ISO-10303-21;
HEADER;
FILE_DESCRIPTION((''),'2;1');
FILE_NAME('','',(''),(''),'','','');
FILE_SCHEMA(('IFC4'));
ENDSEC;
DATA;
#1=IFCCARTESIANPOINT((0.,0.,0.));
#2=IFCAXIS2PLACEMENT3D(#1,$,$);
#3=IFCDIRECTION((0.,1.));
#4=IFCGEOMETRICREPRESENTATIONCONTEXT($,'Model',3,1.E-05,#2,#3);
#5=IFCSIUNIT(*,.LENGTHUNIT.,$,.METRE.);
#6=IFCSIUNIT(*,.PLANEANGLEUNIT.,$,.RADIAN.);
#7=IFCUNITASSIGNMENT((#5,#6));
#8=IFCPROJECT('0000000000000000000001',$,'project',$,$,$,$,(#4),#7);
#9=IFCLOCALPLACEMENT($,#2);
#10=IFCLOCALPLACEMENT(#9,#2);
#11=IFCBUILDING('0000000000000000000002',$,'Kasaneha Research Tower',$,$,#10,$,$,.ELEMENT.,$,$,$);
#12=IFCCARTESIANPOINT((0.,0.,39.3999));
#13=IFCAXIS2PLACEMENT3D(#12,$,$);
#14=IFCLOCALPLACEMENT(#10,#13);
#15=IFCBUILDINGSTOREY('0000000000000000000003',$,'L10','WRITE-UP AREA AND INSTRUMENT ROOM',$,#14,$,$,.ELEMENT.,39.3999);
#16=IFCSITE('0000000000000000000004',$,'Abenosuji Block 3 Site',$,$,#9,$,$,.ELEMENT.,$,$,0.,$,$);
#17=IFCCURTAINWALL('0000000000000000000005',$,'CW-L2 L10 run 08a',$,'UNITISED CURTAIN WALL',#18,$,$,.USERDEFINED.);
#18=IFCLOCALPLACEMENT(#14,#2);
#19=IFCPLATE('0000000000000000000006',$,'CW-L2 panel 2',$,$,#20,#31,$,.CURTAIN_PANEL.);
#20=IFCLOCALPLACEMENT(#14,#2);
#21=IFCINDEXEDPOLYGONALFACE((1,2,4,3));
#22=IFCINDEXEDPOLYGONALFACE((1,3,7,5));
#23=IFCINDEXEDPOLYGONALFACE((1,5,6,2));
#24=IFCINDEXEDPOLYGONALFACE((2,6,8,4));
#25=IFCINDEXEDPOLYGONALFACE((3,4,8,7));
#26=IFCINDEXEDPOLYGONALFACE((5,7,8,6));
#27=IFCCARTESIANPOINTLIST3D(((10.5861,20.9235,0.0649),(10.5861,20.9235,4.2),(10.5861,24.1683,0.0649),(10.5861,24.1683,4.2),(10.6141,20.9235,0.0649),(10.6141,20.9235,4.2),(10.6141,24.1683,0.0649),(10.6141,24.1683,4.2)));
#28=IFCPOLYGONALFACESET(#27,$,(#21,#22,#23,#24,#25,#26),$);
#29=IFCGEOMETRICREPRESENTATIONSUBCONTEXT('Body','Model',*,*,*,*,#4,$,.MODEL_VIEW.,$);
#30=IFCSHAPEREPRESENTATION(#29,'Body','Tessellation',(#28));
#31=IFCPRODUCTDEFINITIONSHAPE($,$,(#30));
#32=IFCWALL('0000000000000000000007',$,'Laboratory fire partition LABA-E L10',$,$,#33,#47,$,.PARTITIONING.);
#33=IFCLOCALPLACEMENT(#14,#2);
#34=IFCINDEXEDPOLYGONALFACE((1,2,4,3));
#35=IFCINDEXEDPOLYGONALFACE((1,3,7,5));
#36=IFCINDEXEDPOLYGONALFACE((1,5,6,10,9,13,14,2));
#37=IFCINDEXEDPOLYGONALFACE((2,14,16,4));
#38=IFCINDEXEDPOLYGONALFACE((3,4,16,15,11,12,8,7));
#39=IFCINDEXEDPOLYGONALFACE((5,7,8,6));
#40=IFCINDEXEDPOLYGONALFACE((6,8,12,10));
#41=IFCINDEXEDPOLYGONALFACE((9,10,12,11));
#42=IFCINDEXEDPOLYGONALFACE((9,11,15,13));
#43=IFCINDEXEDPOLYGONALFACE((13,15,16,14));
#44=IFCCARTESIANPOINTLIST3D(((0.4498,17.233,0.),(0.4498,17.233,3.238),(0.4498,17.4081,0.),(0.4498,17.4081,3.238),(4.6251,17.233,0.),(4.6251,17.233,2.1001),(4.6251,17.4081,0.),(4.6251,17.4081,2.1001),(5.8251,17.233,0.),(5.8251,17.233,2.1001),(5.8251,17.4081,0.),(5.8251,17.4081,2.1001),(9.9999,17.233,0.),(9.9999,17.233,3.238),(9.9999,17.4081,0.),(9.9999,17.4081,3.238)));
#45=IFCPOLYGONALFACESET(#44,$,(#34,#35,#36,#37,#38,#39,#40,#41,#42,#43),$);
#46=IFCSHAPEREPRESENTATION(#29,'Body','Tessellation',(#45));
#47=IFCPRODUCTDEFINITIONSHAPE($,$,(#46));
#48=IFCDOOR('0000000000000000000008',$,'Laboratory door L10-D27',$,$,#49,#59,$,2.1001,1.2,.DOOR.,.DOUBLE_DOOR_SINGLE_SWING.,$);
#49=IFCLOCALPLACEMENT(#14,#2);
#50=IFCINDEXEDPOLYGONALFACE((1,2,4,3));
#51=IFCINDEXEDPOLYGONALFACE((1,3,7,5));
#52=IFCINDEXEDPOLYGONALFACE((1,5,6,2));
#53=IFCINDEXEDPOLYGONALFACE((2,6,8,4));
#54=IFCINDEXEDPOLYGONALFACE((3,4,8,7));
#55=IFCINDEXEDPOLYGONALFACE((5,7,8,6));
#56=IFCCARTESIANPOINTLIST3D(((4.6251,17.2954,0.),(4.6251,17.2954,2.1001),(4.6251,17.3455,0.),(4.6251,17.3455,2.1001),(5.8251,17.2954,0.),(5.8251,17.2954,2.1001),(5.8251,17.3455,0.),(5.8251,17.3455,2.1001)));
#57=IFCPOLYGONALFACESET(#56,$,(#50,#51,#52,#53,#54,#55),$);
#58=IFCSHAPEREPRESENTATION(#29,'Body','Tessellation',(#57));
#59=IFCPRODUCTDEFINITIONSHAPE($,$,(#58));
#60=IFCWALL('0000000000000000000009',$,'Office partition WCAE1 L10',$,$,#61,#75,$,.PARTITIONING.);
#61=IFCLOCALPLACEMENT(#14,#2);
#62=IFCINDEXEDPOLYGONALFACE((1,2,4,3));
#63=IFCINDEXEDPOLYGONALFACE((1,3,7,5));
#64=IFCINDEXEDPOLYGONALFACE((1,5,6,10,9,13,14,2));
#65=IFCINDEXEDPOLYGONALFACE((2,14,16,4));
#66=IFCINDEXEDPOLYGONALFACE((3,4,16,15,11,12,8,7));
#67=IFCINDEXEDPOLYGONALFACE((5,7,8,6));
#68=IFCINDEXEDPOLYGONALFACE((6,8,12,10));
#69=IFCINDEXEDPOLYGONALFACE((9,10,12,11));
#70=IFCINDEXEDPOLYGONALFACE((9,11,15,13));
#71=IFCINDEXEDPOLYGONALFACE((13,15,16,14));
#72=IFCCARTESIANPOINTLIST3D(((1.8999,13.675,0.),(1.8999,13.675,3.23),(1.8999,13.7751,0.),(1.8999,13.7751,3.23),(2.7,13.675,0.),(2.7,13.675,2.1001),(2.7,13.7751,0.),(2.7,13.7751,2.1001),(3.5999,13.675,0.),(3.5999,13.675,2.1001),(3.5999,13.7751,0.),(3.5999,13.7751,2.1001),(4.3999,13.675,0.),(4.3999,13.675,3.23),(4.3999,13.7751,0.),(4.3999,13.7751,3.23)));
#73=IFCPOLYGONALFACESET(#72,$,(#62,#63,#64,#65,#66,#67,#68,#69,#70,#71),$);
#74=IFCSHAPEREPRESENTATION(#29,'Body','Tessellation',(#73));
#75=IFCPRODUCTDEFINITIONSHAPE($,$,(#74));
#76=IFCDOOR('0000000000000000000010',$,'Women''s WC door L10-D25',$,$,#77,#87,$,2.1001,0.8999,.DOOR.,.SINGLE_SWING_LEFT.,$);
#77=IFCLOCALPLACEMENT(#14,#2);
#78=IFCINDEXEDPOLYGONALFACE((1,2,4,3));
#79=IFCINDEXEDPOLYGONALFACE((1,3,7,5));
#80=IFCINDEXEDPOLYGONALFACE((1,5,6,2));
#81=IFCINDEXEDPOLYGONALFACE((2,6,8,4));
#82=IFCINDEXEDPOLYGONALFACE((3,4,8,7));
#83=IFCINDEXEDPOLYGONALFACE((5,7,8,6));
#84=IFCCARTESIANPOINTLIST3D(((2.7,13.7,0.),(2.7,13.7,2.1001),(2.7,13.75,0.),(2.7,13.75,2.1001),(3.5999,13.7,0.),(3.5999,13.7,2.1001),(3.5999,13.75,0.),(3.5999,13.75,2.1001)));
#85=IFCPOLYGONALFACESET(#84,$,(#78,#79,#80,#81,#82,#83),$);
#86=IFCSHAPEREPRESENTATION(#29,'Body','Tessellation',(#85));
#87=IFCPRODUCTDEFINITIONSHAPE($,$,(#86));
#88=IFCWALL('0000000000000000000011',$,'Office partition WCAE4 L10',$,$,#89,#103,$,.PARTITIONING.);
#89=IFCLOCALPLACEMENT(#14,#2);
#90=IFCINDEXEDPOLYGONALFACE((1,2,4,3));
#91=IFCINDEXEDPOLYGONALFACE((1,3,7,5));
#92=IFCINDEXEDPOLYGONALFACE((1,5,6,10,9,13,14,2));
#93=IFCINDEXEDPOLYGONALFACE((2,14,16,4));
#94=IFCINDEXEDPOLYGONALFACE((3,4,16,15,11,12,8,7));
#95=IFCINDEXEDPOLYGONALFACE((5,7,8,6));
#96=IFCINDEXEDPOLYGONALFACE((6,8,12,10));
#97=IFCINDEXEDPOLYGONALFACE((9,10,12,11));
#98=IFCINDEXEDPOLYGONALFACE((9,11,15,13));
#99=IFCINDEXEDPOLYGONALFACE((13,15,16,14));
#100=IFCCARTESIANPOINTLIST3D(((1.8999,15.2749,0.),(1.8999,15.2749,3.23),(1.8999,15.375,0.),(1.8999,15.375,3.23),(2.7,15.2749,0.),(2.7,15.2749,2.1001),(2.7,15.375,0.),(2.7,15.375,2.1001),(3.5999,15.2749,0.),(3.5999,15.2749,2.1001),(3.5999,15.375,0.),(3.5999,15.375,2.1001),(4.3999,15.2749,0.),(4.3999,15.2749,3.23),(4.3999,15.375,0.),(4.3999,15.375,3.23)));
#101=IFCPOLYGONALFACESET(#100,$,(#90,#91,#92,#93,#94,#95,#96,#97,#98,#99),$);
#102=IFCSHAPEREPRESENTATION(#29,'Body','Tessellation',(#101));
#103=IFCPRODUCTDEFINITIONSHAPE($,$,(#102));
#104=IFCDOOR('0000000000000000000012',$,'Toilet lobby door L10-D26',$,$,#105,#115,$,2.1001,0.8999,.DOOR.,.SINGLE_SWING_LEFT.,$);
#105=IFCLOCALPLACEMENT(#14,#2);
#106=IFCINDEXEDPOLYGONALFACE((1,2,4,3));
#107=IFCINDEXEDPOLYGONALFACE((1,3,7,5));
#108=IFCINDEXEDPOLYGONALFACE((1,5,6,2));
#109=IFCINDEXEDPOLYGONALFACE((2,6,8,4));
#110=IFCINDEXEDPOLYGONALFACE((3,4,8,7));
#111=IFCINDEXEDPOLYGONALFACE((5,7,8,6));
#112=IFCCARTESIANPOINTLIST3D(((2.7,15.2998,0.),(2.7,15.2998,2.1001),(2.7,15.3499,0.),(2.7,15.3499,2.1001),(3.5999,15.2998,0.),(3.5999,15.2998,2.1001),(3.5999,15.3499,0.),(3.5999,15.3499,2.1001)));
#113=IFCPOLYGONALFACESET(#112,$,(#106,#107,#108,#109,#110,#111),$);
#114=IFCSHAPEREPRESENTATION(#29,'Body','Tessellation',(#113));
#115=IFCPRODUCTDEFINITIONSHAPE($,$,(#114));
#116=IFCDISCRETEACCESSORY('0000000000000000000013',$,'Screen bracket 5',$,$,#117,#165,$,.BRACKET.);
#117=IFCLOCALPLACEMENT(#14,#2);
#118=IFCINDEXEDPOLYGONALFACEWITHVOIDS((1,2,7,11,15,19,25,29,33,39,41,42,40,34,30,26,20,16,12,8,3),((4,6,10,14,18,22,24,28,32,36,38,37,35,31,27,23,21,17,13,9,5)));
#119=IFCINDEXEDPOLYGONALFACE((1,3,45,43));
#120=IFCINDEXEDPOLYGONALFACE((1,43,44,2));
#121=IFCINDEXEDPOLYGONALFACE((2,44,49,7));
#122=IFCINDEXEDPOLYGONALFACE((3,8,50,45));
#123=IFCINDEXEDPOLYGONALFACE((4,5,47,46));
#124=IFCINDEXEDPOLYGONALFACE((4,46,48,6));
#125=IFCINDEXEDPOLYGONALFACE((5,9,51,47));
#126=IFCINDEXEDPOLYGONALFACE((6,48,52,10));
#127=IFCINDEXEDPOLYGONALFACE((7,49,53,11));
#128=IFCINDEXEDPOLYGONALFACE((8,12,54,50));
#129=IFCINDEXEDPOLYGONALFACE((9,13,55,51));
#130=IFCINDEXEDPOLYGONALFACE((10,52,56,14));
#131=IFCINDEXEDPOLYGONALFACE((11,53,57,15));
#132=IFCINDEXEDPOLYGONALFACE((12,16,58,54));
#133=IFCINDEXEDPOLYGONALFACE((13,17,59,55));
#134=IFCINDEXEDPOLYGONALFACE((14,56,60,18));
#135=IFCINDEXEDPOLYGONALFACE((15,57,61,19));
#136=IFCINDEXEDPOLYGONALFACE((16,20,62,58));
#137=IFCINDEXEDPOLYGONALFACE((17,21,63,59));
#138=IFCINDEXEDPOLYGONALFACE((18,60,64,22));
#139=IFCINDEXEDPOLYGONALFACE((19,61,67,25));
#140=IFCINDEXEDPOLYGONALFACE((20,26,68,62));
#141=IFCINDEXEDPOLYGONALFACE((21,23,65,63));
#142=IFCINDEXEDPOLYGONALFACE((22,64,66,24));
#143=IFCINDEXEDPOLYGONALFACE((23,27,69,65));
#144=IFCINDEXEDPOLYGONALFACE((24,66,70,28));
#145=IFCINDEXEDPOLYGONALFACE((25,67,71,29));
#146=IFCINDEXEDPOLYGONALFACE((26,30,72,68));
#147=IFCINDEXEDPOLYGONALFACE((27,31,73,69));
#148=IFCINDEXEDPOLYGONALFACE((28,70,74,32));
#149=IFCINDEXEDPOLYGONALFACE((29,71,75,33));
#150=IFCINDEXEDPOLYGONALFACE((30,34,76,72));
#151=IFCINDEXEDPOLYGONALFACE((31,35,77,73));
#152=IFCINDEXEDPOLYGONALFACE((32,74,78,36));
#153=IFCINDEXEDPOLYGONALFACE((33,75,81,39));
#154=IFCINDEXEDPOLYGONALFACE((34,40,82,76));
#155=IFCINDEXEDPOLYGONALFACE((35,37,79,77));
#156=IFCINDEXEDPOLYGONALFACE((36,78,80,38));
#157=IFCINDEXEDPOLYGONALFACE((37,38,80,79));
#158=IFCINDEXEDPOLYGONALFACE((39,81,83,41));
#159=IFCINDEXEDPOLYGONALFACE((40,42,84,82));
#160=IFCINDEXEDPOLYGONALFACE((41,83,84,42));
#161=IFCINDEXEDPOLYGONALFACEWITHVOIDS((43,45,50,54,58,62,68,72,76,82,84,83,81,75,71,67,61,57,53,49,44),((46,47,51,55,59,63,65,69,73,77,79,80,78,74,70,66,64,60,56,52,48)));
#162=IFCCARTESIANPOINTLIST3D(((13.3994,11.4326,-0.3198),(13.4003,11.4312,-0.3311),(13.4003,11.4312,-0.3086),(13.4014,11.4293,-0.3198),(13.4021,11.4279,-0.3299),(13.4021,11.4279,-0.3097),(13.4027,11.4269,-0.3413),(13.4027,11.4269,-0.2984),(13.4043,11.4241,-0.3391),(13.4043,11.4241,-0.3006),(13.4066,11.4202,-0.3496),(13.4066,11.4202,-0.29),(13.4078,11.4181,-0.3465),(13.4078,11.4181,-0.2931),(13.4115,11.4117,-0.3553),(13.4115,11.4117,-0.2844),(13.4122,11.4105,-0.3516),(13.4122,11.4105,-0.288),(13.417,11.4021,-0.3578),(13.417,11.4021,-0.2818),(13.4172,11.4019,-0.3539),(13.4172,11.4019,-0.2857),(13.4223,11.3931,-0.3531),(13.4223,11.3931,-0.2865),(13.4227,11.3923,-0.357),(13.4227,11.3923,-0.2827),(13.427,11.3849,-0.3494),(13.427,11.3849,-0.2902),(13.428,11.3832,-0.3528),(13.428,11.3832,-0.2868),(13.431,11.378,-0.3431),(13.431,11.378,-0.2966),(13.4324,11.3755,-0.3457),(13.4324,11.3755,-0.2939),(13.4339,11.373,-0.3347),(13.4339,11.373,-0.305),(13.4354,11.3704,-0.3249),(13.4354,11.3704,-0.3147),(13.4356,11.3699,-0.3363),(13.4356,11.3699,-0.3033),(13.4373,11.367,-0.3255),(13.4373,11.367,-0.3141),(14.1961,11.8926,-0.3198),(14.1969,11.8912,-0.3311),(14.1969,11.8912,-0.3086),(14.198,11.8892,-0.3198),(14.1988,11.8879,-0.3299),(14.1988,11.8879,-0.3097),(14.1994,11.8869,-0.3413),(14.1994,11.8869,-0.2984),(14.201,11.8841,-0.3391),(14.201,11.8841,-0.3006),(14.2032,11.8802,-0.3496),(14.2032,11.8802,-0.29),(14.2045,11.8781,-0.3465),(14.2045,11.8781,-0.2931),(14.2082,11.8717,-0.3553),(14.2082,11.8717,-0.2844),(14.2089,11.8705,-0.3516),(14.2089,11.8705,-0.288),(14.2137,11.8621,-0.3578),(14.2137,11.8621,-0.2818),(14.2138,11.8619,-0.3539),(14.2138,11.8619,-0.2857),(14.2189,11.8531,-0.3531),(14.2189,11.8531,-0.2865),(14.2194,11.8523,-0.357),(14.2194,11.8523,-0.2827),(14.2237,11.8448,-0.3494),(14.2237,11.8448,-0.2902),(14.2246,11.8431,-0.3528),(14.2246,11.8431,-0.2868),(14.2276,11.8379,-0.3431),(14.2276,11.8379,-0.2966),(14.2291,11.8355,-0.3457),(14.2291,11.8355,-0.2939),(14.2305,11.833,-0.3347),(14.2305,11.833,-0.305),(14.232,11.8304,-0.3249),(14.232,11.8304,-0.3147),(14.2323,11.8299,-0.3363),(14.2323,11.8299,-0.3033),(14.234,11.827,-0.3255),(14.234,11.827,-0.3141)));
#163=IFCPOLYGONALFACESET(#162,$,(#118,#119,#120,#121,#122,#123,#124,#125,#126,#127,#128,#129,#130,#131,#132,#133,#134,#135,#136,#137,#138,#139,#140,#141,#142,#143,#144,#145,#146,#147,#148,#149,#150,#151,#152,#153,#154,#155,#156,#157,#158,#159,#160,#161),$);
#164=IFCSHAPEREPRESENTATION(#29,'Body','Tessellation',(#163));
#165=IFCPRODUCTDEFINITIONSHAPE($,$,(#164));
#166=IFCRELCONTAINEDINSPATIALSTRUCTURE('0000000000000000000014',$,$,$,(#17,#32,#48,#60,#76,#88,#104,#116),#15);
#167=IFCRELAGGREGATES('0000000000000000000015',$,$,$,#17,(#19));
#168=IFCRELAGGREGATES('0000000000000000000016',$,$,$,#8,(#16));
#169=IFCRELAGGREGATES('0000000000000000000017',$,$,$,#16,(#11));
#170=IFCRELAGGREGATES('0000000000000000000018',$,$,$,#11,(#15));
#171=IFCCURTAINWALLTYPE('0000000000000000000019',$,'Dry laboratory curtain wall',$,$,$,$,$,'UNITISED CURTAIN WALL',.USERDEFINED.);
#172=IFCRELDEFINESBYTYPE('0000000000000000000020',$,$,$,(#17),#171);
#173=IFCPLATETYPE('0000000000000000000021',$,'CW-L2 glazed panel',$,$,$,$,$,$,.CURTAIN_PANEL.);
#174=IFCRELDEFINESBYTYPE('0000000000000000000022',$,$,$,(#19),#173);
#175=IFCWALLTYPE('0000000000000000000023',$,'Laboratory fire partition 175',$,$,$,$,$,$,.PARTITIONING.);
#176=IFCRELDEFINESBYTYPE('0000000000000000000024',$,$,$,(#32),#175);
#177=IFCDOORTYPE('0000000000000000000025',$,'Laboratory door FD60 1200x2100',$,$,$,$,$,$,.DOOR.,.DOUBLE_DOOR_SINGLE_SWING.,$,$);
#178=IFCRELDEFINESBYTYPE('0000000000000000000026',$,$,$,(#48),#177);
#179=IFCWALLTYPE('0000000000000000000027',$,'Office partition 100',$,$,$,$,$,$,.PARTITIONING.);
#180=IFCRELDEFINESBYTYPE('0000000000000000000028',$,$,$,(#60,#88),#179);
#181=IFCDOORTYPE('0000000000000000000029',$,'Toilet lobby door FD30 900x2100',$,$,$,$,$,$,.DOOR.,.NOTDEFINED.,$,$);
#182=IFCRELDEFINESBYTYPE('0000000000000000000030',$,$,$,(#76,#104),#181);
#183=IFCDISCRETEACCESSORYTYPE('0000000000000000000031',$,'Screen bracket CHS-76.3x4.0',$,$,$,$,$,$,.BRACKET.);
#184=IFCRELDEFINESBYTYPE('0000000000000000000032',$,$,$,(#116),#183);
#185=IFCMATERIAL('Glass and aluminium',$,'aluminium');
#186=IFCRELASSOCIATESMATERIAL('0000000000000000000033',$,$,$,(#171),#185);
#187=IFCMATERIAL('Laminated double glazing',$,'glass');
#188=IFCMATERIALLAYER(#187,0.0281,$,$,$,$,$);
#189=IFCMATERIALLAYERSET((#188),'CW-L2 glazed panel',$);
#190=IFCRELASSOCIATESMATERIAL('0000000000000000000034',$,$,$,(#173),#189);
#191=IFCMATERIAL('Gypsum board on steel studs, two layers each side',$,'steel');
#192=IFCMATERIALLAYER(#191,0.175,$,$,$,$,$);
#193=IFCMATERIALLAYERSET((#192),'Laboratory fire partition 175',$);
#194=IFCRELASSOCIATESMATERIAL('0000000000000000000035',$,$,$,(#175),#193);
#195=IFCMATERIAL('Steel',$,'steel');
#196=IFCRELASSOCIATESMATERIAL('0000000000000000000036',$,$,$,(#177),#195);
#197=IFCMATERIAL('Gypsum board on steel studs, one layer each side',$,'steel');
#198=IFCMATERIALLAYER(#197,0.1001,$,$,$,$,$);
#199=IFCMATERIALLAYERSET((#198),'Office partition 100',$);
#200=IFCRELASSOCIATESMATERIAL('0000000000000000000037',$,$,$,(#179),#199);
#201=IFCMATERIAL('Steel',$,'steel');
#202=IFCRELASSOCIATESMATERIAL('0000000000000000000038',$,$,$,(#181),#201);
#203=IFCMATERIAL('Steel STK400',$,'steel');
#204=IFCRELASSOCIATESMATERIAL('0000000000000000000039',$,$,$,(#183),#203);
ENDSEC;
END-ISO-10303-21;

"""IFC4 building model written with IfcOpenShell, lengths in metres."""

from ifc_helpers import new_model, si_unit, direction, frame, frame_2d, origin, origin_2d, place, context, subcontext, project, spatial, rectangle, hollow_circle, extrude, material, layer, layer_set, material_profile, profile_set, type_object, element, fill, aggregate, save


model = new_model("IFC4")

# Units and contexts
model_context = context("Model", 3, precision=1e-05, world=origin(), true_north=direction((0.0, 1.0)))
body_context = subcontext(model_context, "Body", "Model", "MODEL_VIEW")
ifc_project = project(units=[si_unit("LENGTHUNIT", "METRE"), si_unit("PLANEANGLEUNIT", "RADIAN")], contexts=[model_context])

# Site, building, storey
site_placement = place(None, origin())
site = spatial("IfcSite", under=ifc_project, at=site_placement, Name="Abenosuji Block 3 Site", CompositionType="ELEMENT", RefElevation=0.0)
building_placement = place(site_placement, origin())
building = spatial("IfcBuilding", under=site, at=building_placement, Name="Kasaneha Research Tower", CompositionType="ELEMENT")
storey_placement = place(building_placement, frame((0.0, 0.0, 39.3999)))
storey = spatial("IfcBuildingStorey", under=building, at=storey_placement, Name="L10", Description="WRITE-UP AREA AND INSTRUMENT ROOM", CompositionType="ELEMENT", Elevation=39.3999)

# Curtain wall
ifc_material_1 = material(Name="Glass and aluminium", Category="aluminium")
curtain_wall_type = type_object("IfcCurtainWallType", Name="Dry laboratory curtain wall", ElementType="UNITISED CURTAIN WALL", PredefinedType="USERDEFINED", material=ifc_material_1)
curtain_wall_1_placement = place(storey_placement, origin())
curtain_wall_1 = element("IfcCurtainWall", 1, at=curtain_wall_1_placement, inside=storey, type_object=curtain_wall_type, Name="CW-L2 L10 run 08a", ObjectType="UNITISED CURTAIN WALL", PredefinedType="USERDEFINED")

# Plate
ifc_material_2 = material(Name="Laminated double glazing", Category="glass")
ifc_layer_1 = layer(ifc_material_2, 0.0281)
ifc_layer_set_1 = layer_set([ifc_layer_1], Name="CW-L2 glazed panel")
plate_type = type_object("IfcPlateType", Name="CW-L2 glazed panel", PredefinedType="CURTAIN_PANEL", material=ifc_layer_set_1)
plate_1_placement = place(storey_placement, frame((10.6001, 22.5459, 0.0649), z_axis=(0.0, 0.0, 1.0), x_axis=(0.0, 1.0, 0.0)))
plate_1 = element("IfcPlate", 2, at=plate_1_placement, type_object=plate_type, Name="CW-L2 panel 2", PredefinedType="CURTAIN_PANEL", context=body_context, shape_type="SweptSolid", body=[
    extrude(rectangle(XDim=3.2449, YDim=0.0281, at=origin_2d()), origin(), (0.0, 0.0, 1.0), 4.135),
])
aggregate(curtain_wall_1, [plate_1])

# Walls, openings, doors
ifc_material_3 = material(Name="Gypsum board on steel studs, two layers each side", Category="steel")
ifc_layer_2 = layer(ifc_material_3, 0.175)
ifc_layer_set_2 = layer_set([ifc_layer_2], Name="Laboratory fire partition 175")
wall_type_1 = type_object("IfcWallType", Name="Laboratory fire partition 175", PredefinedType="PARTITIONING", material=ifc_layer_set_2)
wall_1_placement = place(storey_placement, frame((0.45, 17.3206, 0.0), z_axis=(0.0, 0.0, 1.0), x_axis=(1.0, 0.0, 0.0)))
wall_1 = element("IfcWall", 3, at=wall_1_placement, inside=storey, type_object=wall_type_1, Name="Laboratory fire partition LABA-E L10", PredefinedType="PARTITIONING", context=body_context, shape_type="SweptSolid", body=[
    extrude(rectangle(XDim=9.55, YDim=0.175, at=frame_2d((4.7749, 0.0))), origin(), (0.0, 0.0, 1.0), 3.238),
])
opening_1_placement = place(wall_1_placement, frame((4.175, 0.0, 0.0)))
opening_1 = element("IfcOpeningElement", 4, at=opening_1_placement, cuts=wall_1, PredefinedType="OPENING", context=body_context, shape_type="SweptSolid", body=[
    extrude(rectangle(XDim=1.2, YDim=2.1001, at=frame_2d((0.6001, 1.05))), frame((0.0, 0.0977, 0.0), z_axis=(0.0, -1.0, 0.0), x_axis=(1.0, 0.0, 0.0)), (0.0, 0.0, 1.0), 0.1951),
])
ifc_material_4 = material(Name="Steel", Category="steel")
door_type_1 = type_object("IfcDoorType", Name="Laboratory door FD60 1200x2100", OperationType="DOUBLE_DOOR_SINGLE_SWING", PredefinedType="DOOR", material=ifc_material_4)
door_1_placement = place(opening_1_placement, origin())
door_1 = element("IfcDoor", 5, at=door_1_placement, inside=storey, type_object=door_type_1, Name="Laboratory door L10-D27", OperationType="DOUBLE_DOOR_SINGLE_SWING", OverallHeight=2.1001, OverallWidth=1.2, PredefinedType="DOOR", context=body_context, shape_type="SweptSolid", body=[
    extrude(rectangle(XDim=1.2, YDim=2.1001, at=frame_2d((0.6001, 1.05))), frame((0.0, 0.0249, 0.0), z_axis=(0.0, -1.0, 0.0), x_axis=(1.0, 0.0, 0.0)), (0.0, 0.0, 1.0), 0.05),
])
fill(opening_1, door_1)
ifc_material_5 = material(Name="Gypsum board on steel studs, one layer each side", Category="steel")
ifc_layer_3 = layer(ifc_material_5, 0.1001)
ifc_layer_set_3 = layer_set([ifc_layer_3], Name="Office partition 100")
wall_type_2 = type_object("IfcWallType", Name="Office partition 100", PredefinedType="PARTITIONING", material=ifc_layer_set_3)
wall_2_placement = place(storey_placement, frame((1.8999, 13.7251, 0.0), z_axis=(0.0, 0.0, 1.0), x_axis=(1.0, 0.0, 0.0)))
wall_2 = element("IfcWall", 6, at=wall_2_placement, inside=storey, type_object=wall_type_2, Name="Office partition WCAE1 L10", PredefinedType="PARTITIONING", context=body_context, shape_type="SweptSolid", body=[
    extrude(rectangle(XDim=2.5, YDim=0.1001, at=frame_2d((1.25, 0.0))), origin(), (0.0, 0.0, 1.0), 3.23),
])
opening_2_placement = place(wall_2_placement, frame((0.8, 0.0, 0.0)))
opening_2 = element("IfcOpeningElement", 7, at=opening_2_placement, cuts=wall_2, PredefinedType="OPENING", context=body_context, shape_type="SweptSolid", body=[
    extrude(rectangle(XDim=0.8999, YDim=2.1001, at=frame_2d((0.45, 1.05))), frame((0.0, 0.0601, 0.0), z_axis=(0.0, -1.0, 0.0), x_axis=(1.0, 0.0, 0.0)), (0.0, 0.0, 1.0), 0.1201),
])
ifc_material_6 = material(Name="Steel", Category="steel")
door_type_2 = type_object("IfcDoorType", Name="Toilet lobby door FD30 900x2100", OperationType="NOTDEFINED", PredefinedType="DOOR", material=ifc_material_6)
door_2_placement = place(opening_2_placement, origin())
door_2 = element("IfcDoor", 8, at=door_2_placement, inside=storey, type_object=door_type_2, Name="Women's WC door L10-D25", OperationType="SINGLE_SWING_LEFT", OverallHeight=2.1001, OverallWidth=0.8999, PredefinedType="DOOR", context=body_context, shape_type="SweptSolid", body=[
    extrude(rectangle(XDim=0.8999, YDim=2.1001, at=frame_2d((0.45, 1.05))), frame((0.0, 0.0249, 0.0), z_axis=(0.0, -1.0, 0.0), x_axis=(1.0, 0.0, 0.0)), (0.0, 0.0, 1.0), 0.05),
])
fill(opening_2, door_2)
wall_3_placement = place(storey_placement, frame((1.8999, 15.325, 0.0), z_axis=(0.0, 0.0, 1.0), x_axis=(1.0, 0.0, 0.0)))
wall_3 = element("IfcWall", 9, at=wall_3_placement, inside=storey, type_object=wall_type_2, Name="Office partition WCAE4 L10", PredefinedType="PARTITIONING", context=body_context, shape_type="SweptSolid", body=[
    extrude(rectangle(XDim=2.5, YDim=0.1001, at=frame_2d((1.25, 0.0))), origin(), (0.0, 0.0, 1.0), 3.23),
])
opening_3_placement = place(wall_3_placement, frame((0.8, 0.0, 0.0)))
opening_3 = element("IfcOpeningElement", 10, at=opening_3_placement, cuts=wall_3, PredefinedType="OPENING", context=body_context, shape_type="SweptSolid", body=[
    extrude(rectangle(XDim=0.8999, YDim=2.1001, at=frame_2d((0.45, 1.05))), frame((0.0, 0.0601, 0.0), z_axis=(0.0, -1.0, 0.0), x_axis=(1.0, 0.0, 0.0)), (0.0, 0.0, 1.0), 0.1201),
])
door_3_placement = place(opening_3_placement, origin())
door_3 = element("IfcDoor", 11, at=door_3_placement, inside=storey, type_object=door_type_2, Name="Toilet lobby door L10-D26", OperationType="SINGLE_SWING_LEFT", OverallHeight=2.1001, OverallWidth=0.8999, PredefinedType="DOOR", context=body_context, shape_type="SweptSolid", body=[
    extrude(rectangle(XDim=0.8999, YDim=2.1001, at=frame_2d((0.45, 1.05))), frame((0.0, 0.0249, 0.0), z_axis=(0.0, -1.0, 0.0), x_axis=(1.0, 0.0, 0.0)), (0.0, 0.0, 1.0), 0.05),
])
fill(opening_3, door_3)

# Discrete accessory
ifc_material_7 = material(Name="Steel STK400", Category="steel")
ifc_material_profile_1 = material_profile(ifc_material_7, hollow_circle(Radius=0.0381, WallThickness=0.0039, at=origin_2d()), Name="CHS-76.3x4.0")
ifc_profile_set_1 = profile_set([ifc_material_profile_1], Name="Steel STK400")
discrete_accessory_type = type_object("IfcDiscreteAccessoryType", Name="Screen bracket CHS-76.3x4.0", PredefinedType="BRACKET", material=ifc_profile_set_1)
for number, where, z_axis, x_axis, name in (
    (12, (13.4185, 11.3997, -0.3198), (0.866013, 0.500021, 0.0), (-0.500021, 0.866013, 0.0), "Screen bracket 5"),
):
    element("IfcDiscreteAccessory", number, at=place(storey_placement, frame(where, z_axis=z_axis, x_axis=x_axis)), inside=storey, type_object=discrete_accessory_type, Name=name, PredefinedType="BRACKET", context=body_context, shape_type="SweptSolid", body=[
        extrude(hollow_circle(Radius=0.0381, WallThickness=0.0039, at=origin_2d()), origin(), (0.0, 0.0, 1.0), 0.9199),
    ])

save(model, "model.ifc")
